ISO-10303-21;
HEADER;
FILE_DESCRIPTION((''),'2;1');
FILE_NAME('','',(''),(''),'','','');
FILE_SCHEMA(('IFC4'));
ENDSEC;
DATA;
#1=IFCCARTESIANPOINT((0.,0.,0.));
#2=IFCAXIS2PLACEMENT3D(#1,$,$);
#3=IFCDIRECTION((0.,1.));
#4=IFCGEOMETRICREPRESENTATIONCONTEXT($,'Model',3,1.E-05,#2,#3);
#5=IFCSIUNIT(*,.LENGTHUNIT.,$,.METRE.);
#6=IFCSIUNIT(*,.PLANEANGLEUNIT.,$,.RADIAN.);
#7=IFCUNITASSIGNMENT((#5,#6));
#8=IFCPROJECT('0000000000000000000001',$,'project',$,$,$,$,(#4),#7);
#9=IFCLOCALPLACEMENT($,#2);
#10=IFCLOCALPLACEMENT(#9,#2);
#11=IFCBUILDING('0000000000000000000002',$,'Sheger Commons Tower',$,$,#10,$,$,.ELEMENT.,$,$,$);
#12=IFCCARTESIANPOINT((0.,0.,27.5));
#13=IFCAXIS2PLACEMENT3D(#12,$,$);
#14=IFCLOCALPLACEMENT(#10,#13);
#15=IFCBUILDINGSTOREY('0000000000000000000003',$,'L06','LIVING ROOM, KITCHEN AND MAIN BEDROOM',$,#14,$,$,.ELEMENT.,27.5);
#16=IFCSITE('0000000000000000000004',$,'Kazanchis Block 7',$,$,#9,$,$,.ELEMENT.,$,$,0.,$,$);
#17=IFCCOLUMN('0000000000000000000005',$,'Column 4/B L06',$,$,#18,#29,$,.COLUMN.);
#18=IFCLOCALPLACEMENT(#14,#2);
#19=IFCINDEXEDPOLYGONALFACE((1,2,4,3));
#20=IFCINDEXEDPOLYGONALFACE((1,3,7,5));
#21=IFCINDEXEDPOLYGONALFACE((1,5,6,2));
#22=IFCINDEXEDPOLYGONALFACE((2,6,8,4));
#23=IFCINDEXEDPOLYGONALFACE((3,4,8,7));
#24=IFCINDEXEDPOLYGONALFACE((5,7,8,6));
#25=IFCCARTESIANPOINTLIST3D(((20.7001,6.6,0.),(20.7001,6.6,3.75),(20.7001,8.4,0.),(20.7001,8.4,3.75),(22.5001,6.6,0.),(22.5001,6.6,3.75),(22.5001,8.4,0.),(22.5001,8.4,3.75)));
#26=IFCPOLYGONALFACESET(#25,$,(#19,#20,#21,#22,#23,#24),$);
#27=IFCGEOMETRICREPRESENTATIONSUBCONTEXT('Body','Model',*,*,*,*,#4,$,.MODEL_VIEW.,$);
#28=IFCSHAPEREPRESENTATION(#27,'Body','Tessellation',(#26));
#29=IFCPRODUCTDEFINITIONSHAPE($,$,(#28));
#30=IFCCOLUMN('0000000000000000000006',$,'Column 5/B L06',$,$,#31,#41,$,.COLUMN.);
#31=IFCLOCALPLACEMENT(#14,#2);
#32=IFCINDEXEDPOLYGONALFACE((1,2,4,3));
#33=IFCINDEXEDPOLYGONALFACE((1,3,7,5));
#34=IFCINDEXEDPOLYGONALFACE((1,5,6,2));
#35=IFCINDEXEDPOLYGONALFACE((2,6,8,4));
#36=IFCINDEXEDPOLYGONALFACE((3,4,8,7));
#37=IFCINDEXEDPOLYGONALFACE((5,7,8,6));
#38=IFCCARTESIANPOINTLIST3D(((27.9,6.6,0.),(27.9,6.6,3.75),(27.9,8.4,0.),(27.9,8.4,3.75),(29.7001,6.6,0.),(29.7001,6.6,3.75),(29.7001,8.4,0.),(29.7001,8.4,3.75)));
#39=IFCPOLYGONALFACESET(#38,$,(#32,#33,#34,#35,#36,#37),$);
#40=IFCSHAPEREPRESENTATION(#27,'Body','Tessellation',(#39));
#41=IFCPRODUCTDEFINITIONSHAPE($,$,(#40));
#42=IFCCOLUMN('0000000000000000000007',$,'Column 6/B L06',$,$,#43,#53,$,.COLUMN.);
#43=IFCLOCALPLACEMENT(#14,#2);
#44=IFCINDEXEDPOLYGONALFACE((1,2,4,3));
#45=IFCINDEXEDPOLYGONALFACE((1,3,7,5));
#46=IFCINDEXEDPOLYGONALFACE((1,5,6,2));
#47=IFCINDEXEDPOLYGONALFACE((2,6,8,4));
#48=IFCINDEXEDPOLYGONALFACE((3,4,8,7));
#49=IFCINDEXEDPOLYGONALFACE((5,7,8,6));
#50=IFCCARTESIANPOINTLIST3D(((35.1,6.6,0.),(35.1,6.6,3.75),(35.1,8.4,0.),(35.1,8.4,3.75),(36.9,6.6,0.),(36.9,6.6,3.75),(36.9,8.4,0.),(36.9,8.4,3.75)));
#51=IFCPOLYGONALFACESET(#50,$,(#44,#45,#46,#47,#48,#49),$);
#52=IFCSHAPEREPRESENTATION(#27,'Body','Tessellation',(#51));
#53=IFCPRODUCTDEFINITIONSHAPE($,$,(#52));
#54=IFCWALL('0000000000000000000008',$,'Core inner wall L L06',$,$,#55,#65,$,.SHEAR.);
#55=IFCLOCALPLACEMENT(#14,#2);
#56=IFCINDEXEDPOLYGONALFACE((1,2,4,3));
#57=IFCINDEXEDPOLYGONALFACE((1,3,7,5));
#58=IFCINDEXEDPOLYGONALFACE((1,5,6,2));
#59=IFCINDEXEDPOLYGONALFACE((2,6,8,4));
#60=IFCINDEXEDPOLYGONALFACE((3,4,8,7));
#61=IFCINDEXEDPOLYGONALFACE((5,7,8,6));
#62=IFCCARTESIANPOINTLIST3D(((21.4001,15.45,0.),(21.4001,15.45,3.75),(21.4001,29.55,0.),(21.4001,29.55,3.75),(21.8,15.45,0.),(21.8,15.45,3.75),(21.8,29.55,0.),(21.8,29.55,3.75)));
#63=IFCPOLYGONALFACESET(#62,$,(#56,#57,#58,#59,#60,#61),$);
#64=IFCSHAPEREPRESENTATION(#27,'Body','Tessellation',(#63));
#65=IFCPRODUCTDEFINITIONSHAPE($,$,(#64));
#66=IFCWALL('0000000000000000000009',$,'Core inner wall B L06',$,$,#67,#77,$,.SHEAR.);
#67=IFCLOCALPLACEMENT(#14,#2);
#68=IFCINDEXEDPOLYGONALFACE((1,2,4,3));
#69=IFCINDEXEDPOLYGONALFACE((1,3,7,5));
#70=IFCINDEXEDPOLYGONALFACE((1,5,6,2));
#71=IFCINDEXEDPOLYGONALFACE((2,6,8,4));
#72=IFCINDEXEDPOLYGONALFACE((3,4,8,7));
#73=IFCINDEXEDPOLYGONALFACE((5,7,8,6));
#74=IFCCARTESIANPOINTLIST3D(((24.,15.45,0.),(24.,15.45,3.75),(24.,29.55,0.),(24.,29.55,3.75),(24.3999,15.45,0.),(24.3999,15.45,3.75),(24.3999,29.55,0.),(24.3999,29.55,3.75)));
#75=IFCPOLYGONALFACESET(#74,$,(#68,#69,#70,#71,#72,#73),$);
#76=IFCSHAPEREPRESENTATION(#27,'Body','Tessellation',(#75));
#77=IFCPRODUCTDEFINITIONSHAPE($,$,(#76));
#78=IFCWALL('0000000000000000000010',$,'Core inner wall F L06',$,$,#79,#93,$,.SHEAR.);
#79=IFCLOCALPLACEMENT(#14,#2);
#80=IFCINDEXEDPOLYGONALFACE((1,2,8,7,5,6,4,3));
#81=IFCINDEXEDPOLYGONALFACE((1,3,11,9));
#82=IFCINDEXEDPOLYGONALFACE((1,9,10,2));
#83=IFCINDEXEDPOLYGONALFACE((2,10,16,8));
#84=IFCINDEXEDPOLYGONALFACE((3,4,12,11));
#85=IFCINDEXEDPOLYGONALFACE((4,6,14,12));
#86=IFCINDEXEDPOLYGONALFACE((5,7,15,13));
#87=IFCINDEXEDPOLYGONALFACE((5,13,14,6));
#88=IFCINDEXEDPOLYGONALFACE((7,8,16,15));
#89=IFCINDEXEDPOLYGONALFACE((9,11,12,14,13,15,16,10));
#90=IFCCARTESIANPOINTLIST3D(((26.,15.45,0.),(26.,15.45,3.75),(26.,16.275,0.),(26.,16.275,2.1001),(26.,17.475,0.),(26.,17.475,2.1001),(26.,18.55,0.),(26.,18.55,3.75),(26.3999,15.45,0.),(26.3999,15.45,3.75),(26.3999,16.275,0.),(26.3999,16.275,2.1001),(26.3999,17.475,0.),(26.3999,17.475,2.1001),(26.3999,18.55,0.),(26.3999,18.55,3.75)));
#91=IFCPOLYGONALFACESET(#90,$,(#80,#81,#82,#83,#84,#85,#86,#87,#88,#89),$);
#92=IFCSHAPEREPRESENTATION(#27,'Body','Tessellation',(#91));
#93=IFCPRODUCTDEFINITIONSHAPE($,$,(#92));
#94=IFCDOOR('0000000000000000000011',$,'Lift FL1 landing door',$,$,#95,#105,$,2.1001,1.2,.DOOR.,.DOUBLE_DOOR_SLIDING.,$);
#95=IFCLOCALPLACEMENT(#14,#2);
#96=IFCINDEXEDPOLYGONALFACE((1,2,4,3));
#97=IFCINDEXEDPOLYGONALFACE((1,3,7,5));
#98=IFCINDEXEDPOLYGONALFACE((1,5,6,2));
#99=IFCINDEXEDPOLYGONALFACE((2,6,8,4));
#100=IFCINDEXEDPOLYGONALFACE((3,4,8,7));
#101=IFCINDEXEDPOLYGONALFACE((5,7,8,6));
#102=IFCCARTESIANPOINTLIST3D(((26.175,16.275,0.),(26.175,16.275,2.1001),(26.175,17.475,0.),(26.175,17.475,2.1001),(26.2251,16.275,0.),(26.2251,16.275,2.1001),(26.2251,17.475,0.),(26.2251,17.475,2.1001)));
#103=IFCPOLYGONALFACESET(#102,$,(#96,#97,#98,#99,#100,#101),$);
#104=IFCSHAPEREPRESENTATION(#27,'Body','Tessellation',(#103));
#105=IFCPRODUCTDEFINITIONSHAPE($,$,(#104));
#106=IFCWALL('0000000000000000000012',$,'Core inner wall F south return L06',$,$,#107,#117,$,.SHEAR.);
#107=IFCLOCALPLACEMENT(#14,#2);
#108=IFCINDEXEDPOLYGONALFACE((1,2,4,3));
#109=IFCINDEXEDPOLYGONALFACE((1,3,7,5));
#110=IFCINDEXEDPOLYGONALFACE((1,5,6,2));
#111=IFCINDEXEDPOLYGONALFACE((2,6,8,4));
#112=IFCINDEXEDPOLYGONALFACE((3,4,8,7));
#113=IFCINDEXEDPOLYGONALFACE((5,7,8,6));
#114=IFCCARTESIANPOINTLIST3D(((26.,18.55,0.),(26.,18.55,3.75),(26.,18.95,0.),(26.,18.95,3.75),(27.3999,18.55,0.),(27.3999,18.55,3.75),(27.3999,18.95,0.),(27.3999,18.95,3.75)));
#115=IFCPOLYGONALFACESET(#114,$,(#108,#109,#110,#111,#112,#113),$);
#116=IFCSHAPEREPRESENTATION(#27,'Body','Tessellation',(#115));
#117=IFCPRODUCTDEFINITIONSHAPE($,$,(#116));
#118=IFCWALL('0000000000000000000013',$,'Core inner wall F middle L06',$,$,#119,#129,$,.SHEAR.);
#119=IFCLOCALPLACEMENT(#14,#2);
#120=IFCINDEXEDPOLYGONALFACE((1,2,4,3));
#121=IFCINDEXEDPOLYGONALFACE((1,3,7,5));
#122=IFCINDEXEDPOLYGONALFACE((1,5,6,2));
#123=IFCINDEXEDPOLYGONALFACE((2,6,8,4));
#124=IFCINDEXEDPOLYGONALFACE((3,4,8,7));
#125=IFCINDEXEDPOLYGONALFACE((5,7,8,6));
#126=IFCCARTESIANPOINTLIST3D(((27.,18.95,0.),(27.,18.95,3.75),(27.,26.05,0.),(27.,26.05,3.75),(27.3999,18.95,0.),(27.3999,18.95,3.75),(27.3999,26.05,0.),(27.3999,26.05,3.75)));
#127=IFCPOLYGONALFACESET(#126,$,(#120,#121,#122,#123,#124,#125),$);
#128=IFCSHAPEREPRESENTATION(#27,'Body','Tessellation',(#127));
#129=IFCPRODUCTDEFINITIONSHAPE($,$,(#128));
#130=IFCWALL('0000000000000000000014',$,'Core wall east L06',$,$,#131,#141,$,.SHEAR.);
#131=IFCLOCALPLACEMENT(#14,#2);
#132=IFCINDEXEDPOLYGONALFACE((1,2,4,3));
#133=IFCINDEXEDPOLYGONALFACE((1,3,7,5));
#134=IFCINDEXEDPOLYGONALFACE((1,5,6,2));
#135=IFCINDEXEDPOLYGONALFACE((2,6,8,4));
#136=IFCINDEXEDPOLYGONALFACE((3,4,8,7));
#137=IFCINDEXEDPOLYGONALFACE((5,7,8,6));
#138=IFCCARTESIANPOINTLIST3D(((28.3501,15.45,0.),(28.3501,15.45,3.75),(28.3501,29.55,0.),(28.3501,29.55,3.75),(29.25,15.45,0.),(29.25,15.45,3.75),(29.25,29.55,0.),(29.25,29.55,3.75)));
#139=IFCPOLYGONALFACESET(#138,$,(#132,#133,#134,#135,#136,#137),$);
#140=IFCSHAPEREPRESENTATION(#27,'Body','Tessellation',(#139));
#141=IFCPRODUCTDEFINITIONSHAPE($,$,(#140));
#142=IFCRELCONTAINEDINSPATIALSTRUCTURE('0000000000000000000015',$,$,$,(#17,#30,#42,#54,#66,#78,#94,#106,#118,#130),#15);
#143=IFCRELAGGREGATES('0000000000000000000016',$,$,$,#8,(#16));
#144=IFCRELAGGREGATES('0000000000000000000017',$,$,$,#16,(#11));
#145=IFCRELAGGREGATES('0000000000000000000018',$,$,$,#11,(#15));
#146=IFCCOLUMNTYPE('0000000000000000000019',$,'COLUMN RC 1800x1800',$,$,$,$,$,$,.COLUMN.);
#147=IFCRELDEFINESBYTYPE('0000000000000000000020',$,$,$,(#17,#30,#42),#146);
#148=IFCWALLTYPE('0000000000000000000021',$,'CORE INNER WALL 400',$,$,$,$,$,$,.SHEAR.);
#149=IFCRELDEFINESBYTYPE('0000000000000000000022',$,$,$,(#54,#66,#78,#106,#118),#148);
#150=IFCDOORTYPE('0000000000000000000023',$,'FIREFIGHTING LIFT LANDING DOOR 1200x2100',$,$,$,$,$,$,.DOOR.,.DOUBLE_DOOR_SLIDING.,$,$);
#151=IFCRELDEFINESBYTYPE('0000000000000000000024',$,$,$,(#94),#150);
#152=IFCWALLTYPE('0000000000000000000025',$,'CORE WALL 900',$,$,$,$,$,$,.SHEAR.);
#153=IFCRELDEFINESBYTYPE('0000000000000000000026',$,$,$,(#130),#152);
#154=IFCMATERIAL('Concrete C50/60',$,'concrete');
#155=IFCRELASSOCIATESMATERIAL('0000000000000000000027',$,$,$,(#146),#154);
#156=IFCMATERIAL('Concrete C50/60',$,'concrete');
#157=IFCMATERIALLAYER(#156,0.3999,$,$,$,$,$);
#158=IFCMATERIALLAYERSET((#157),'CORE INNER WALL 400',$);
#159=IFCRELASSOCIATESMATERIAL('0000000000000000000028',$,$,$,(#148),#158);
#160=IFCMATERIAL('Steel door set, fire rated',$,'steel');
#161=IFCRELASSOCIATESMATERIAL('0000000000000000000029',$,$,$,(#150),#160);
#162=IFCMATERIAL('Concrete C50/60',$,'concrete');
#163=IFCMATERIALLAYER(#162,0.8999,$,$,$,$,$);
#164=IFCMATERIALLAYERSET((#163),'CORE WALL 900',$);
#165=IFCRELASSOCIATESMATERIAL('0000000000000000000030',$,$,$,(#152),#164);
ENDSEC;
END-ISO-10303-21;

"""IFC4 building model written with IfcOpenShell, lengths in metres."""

from ifc_helpers import new_model, si_unit, direction, frame, frame_2d, origin, origin_2d, place, context, subcontext, project, spatial, rectangle, extrude, material, layer, layer_set, material_profile, profile_set, type_object, element, fill, save


model = new_model("IFC4")

# Units and contexts
model_context = context("Model", 3, precision=1e-05, world=origin(), true_north=direction((0.0, 1.0)))
body_context = subcontext(model_context, "Body", "Model", "MODEL_VIEW")
ifc_project = project(units=[si_unit("LENGTHUNIT", "METRE"), si_unit("PLANEANGLEUNIT", "RADIAN")], contexts=[model_context])

# Site, building, storey
site_placement = place(None, origin())
site = spatial("IfcSite", under=ifc_project, at=site_placement, Name="Kazanchis Block 7", CompositionType="ELEMENT", RefElevation=0.0)
building_placement = place(site_placement, origin())
building = spatial("IfcBuilding", under=site, at=building_placement, Name="Sheger Commons Tower", CompositionType="ELEMENT")
storey_placement = place(building_placement, frame((0.0, 0.0, 27.5)))
storey = spatial("IfcBuildingStorey", under=building, at=storey_placement, Name="L06", Description="LIVING ROOM, KITCHEN AND MAIN BEDROOM", CompositionType="ELEMENT", Elevation=27.5)

# Columns
ifc_material_1 = material(Name="Concrete C50/60", Category="concrete")
ifc_material_profile = material_profile(ifc_material_1, rectangle(XDim=1.8, YDim=1.8, at=origin_2d()), Name="RC 1800x1800")
ifc_profile_set = profile_set([ifc_material_profile], Name="Concrete C50/60")
column_type = type_object("IfcColumnType", Name="COLUMN RC 1800x1800", PredefinedType="COLUMN", material=ifc_profile_set)
for number, where, z_axis, x_axis, name in (
    (1, (21.6001, 7.5, 0.0), (0.0, 0.0, 1.0), (1.0, 0.0, 0.0), "Column 4/B L06"),
    (2, (28.8, 7.5, 0.0), (0.0, 0.0, 1.0), (1.0, 0.0, 0.0), "Column 5/B L06"),
    (3, (36.0, 7.5, 0.0), (0.0, 0.0, 1.0), (1.0, 0.0, 0.0), "Column 6/B L06"),
):
    element("IfcColumn", number, at=place(storey_placement, frame(where, z_axis=z_axis, x_axis=x_axis)), inside=storey, type_object=column_type, Name=name, PredefinedType="COLUMN", context=body_context, shape_type="SweptSolid", body=[
        extrude(rectangle(XDim=1.8, YDim=1.8, at=origin_2d()), origin(), (0.0, 0.0, 1.0), 3.75),
    ])

# Walls
ifc_material_2 = material(Name="Concrete C50/60", Category="concrete")
ifc_layer_1 = layer(ifc_material_2, 0.3999)
ifc_layer_set_1 = layer_set([ifc_layer_1], Name="CORE INNER WALL 400")
wall_type_1 = type_object("IfcWallType", Name="CORE INNER WALL 400", PredefinedType="SHEAR", material=ifc_layer_set_1)
for number, where, z_axis, x_axis, name in (
    (4, (21.6001, 15.45, 0.0), (0.0, 0.0, 1.0), (0.0, 1.0, 0.0), "Core inner wall L L06"),
    (5, (24.2, 15.45, 0.0), (0.0, 0.0, 1.0), (0.0, 1.0, 0.0), "Core inner wall B L06"),
):
    element("IfcWall", number, at=place(storey_placement, frame(where, z_axis=z_axis, x_axis=x_axis)), inside=storey, type_object=wall_type_1, Name=name, PredefinedType="SHEAR", context=body_context, shape_type="SweptSolid", body=[
        extrude(rectangle(XDim=14.1001, YDim=0.3999, at=frame_2d((7.05, 0.0))), origin(), (0.0, 0.0, 1.0), 3.75),
    ])

# Wall, opening, door
wall_1_placement = place(storey_placement, frame((26.2, 15.45, 0.0), z_axis=(0.0, 0.0, 1.0), x_axis=(0.0, 1.0, 0.0)))
wall_1 = element("IfcWall", 6, at=wall_1_placement, inside=storey, type_object=wall_type_1, Name="Core inner wall F L06", PredefinedType="SHEAR", context=body_context, shape_type="SweptSolid", body=[
    extrude(rectangle(XDim=3.1001, YDim=0.3999, at=frame_2d((1.55, 0.0))), origin(), (0.0, 0.0, 1.0), 3.75),
])
opening_1_placement = place(wall_1_placement, frame((0.825, 0.0, 0.0)))
opening_1 = element("IfcOpeningElement", 7, at=opening_1_placement, cuts=wall_1, PredefinedType="OPENING", context=body_context, shape_type="SweptSolid", body=[
    extrude(rectangle(XDim=1.2, YDim=2.1001, at=frame_2d((0.6001, 1.05))), frame((0.0, 0.21, 0.0), z_axis=(0.0, -1.0, 0.0), x_axis=(1.0, 0.0, 0.0)), (0.0, 0.0, 1.0), 0.4199),
])
ifc_material_3 = material(Name="Steel door set, fire rated", Category="steel")
door_type_1 = type_object("IfcDoorType", Name="FIREFIGHTING LIFT LANDING DOOR 1200x2100", OperationType="DOUBLE_DOOR_SLIDING", PredefinedType="DOOR", material=ifc_material_3)
door_1_placement = place(opening_1_placement, origin())
door_1 = element("IfcDoor", 8, at=door_1_placement, inside=storey, type_object=door_type_1, Name="Lift FL1 landing door", OperationType="DOUBLE_DOOR_SLIDING", OverallHeight=2.1001, OverallWidth=1.2, PredefinedType="DOOR", context=body_context, shape_type="SweptSolid", body=[
    extrude(rectangle(XDim=1.2, YDim=2.1001, at=frame_2d((0.6001, 1.05))), frame((0.0, 0.0249, 0.0), z_axis=(0.0, -1.0, 0.0), x_axis=(1.0, 0.0, 0.0)), (0.0, 0.0, 1.0), 0.05),
])
fill(opening_1, door_1)

# Walls
wall_2_placement = place(storey_placement, frame((26.0, 18.75, 0.0), z_axis=(0.0, 0.0, 1.0), x_axis=(1.0, 0.0, 0.0)))
element("IfcWall", 9, at=wall_2_placement, inside=storey, type_object=wall_type_1, Name="Core inner wall F south return L06", PredefinedType="SHEAR", context=body_context, shape_type="SweptSolid", body=[
    extrude(rectangle(XDim=1.3999, YDim=0.3999, at=frame_2d((0.7, 0.0))), origin(), (0.0, 0.0, 1.0), 3.75),
])
wall_3_placement = place(storey_placement, frame((27.2, 18.95, 0.0), z_axis=(0.0, 0.0, 1.0), x_axis=(0.0, 1.0, 0.0)))
element("IfcWall", 10, at=wall_3_placement, inside=storey, type_object=wall_type_1, Name="Core inner wall F middle L06", PredefinedType="SHEAR", context=body_context, shape_type="SweptSolid", body=[
    extrude(rectangle(XDim=7.1001, YDim=0.3999, at=frame_2d((3.55, 0.0))), origin(), (0.0, 0.0, 1.0), 3.75),
])
ifc_material_4 = material(Name="Concrete C50/60", Category="concrete")
ifc_layer_2 = layer(ifc_material_4, 0.8999)
ifc_layer_set_2 = layer_set([ifc_layer_2], Name="CORE WALL 900")
wall_type_2 = type_object("IfcWallType", Name="CORE WALL 900", PredefinedType="SHEAR", material=ifc_layer_set_2)
wall_4_placement = place(storey_placement, frame((28.8, 15.45, 0.0), z_axis=(0.0, 0.0, 1.0), x_axis=(0.0, 1.0, 0.0)))
element("IfcWall", 11, at=wall_4_placement, inside=storey, type_object=wall_type_2, Name="Core wall east L06", PredefinedType="SHEAR", context=body_context, shape_type="SweptSolid", body=[
    extrude(rectangle(XDim=14.1001, YDim=0.8999, at=frame_2d((7.05, 0.0))), origin(), (0.0, 0.0, 1.0), 3.75),
])

save(model, "model.ifc")
